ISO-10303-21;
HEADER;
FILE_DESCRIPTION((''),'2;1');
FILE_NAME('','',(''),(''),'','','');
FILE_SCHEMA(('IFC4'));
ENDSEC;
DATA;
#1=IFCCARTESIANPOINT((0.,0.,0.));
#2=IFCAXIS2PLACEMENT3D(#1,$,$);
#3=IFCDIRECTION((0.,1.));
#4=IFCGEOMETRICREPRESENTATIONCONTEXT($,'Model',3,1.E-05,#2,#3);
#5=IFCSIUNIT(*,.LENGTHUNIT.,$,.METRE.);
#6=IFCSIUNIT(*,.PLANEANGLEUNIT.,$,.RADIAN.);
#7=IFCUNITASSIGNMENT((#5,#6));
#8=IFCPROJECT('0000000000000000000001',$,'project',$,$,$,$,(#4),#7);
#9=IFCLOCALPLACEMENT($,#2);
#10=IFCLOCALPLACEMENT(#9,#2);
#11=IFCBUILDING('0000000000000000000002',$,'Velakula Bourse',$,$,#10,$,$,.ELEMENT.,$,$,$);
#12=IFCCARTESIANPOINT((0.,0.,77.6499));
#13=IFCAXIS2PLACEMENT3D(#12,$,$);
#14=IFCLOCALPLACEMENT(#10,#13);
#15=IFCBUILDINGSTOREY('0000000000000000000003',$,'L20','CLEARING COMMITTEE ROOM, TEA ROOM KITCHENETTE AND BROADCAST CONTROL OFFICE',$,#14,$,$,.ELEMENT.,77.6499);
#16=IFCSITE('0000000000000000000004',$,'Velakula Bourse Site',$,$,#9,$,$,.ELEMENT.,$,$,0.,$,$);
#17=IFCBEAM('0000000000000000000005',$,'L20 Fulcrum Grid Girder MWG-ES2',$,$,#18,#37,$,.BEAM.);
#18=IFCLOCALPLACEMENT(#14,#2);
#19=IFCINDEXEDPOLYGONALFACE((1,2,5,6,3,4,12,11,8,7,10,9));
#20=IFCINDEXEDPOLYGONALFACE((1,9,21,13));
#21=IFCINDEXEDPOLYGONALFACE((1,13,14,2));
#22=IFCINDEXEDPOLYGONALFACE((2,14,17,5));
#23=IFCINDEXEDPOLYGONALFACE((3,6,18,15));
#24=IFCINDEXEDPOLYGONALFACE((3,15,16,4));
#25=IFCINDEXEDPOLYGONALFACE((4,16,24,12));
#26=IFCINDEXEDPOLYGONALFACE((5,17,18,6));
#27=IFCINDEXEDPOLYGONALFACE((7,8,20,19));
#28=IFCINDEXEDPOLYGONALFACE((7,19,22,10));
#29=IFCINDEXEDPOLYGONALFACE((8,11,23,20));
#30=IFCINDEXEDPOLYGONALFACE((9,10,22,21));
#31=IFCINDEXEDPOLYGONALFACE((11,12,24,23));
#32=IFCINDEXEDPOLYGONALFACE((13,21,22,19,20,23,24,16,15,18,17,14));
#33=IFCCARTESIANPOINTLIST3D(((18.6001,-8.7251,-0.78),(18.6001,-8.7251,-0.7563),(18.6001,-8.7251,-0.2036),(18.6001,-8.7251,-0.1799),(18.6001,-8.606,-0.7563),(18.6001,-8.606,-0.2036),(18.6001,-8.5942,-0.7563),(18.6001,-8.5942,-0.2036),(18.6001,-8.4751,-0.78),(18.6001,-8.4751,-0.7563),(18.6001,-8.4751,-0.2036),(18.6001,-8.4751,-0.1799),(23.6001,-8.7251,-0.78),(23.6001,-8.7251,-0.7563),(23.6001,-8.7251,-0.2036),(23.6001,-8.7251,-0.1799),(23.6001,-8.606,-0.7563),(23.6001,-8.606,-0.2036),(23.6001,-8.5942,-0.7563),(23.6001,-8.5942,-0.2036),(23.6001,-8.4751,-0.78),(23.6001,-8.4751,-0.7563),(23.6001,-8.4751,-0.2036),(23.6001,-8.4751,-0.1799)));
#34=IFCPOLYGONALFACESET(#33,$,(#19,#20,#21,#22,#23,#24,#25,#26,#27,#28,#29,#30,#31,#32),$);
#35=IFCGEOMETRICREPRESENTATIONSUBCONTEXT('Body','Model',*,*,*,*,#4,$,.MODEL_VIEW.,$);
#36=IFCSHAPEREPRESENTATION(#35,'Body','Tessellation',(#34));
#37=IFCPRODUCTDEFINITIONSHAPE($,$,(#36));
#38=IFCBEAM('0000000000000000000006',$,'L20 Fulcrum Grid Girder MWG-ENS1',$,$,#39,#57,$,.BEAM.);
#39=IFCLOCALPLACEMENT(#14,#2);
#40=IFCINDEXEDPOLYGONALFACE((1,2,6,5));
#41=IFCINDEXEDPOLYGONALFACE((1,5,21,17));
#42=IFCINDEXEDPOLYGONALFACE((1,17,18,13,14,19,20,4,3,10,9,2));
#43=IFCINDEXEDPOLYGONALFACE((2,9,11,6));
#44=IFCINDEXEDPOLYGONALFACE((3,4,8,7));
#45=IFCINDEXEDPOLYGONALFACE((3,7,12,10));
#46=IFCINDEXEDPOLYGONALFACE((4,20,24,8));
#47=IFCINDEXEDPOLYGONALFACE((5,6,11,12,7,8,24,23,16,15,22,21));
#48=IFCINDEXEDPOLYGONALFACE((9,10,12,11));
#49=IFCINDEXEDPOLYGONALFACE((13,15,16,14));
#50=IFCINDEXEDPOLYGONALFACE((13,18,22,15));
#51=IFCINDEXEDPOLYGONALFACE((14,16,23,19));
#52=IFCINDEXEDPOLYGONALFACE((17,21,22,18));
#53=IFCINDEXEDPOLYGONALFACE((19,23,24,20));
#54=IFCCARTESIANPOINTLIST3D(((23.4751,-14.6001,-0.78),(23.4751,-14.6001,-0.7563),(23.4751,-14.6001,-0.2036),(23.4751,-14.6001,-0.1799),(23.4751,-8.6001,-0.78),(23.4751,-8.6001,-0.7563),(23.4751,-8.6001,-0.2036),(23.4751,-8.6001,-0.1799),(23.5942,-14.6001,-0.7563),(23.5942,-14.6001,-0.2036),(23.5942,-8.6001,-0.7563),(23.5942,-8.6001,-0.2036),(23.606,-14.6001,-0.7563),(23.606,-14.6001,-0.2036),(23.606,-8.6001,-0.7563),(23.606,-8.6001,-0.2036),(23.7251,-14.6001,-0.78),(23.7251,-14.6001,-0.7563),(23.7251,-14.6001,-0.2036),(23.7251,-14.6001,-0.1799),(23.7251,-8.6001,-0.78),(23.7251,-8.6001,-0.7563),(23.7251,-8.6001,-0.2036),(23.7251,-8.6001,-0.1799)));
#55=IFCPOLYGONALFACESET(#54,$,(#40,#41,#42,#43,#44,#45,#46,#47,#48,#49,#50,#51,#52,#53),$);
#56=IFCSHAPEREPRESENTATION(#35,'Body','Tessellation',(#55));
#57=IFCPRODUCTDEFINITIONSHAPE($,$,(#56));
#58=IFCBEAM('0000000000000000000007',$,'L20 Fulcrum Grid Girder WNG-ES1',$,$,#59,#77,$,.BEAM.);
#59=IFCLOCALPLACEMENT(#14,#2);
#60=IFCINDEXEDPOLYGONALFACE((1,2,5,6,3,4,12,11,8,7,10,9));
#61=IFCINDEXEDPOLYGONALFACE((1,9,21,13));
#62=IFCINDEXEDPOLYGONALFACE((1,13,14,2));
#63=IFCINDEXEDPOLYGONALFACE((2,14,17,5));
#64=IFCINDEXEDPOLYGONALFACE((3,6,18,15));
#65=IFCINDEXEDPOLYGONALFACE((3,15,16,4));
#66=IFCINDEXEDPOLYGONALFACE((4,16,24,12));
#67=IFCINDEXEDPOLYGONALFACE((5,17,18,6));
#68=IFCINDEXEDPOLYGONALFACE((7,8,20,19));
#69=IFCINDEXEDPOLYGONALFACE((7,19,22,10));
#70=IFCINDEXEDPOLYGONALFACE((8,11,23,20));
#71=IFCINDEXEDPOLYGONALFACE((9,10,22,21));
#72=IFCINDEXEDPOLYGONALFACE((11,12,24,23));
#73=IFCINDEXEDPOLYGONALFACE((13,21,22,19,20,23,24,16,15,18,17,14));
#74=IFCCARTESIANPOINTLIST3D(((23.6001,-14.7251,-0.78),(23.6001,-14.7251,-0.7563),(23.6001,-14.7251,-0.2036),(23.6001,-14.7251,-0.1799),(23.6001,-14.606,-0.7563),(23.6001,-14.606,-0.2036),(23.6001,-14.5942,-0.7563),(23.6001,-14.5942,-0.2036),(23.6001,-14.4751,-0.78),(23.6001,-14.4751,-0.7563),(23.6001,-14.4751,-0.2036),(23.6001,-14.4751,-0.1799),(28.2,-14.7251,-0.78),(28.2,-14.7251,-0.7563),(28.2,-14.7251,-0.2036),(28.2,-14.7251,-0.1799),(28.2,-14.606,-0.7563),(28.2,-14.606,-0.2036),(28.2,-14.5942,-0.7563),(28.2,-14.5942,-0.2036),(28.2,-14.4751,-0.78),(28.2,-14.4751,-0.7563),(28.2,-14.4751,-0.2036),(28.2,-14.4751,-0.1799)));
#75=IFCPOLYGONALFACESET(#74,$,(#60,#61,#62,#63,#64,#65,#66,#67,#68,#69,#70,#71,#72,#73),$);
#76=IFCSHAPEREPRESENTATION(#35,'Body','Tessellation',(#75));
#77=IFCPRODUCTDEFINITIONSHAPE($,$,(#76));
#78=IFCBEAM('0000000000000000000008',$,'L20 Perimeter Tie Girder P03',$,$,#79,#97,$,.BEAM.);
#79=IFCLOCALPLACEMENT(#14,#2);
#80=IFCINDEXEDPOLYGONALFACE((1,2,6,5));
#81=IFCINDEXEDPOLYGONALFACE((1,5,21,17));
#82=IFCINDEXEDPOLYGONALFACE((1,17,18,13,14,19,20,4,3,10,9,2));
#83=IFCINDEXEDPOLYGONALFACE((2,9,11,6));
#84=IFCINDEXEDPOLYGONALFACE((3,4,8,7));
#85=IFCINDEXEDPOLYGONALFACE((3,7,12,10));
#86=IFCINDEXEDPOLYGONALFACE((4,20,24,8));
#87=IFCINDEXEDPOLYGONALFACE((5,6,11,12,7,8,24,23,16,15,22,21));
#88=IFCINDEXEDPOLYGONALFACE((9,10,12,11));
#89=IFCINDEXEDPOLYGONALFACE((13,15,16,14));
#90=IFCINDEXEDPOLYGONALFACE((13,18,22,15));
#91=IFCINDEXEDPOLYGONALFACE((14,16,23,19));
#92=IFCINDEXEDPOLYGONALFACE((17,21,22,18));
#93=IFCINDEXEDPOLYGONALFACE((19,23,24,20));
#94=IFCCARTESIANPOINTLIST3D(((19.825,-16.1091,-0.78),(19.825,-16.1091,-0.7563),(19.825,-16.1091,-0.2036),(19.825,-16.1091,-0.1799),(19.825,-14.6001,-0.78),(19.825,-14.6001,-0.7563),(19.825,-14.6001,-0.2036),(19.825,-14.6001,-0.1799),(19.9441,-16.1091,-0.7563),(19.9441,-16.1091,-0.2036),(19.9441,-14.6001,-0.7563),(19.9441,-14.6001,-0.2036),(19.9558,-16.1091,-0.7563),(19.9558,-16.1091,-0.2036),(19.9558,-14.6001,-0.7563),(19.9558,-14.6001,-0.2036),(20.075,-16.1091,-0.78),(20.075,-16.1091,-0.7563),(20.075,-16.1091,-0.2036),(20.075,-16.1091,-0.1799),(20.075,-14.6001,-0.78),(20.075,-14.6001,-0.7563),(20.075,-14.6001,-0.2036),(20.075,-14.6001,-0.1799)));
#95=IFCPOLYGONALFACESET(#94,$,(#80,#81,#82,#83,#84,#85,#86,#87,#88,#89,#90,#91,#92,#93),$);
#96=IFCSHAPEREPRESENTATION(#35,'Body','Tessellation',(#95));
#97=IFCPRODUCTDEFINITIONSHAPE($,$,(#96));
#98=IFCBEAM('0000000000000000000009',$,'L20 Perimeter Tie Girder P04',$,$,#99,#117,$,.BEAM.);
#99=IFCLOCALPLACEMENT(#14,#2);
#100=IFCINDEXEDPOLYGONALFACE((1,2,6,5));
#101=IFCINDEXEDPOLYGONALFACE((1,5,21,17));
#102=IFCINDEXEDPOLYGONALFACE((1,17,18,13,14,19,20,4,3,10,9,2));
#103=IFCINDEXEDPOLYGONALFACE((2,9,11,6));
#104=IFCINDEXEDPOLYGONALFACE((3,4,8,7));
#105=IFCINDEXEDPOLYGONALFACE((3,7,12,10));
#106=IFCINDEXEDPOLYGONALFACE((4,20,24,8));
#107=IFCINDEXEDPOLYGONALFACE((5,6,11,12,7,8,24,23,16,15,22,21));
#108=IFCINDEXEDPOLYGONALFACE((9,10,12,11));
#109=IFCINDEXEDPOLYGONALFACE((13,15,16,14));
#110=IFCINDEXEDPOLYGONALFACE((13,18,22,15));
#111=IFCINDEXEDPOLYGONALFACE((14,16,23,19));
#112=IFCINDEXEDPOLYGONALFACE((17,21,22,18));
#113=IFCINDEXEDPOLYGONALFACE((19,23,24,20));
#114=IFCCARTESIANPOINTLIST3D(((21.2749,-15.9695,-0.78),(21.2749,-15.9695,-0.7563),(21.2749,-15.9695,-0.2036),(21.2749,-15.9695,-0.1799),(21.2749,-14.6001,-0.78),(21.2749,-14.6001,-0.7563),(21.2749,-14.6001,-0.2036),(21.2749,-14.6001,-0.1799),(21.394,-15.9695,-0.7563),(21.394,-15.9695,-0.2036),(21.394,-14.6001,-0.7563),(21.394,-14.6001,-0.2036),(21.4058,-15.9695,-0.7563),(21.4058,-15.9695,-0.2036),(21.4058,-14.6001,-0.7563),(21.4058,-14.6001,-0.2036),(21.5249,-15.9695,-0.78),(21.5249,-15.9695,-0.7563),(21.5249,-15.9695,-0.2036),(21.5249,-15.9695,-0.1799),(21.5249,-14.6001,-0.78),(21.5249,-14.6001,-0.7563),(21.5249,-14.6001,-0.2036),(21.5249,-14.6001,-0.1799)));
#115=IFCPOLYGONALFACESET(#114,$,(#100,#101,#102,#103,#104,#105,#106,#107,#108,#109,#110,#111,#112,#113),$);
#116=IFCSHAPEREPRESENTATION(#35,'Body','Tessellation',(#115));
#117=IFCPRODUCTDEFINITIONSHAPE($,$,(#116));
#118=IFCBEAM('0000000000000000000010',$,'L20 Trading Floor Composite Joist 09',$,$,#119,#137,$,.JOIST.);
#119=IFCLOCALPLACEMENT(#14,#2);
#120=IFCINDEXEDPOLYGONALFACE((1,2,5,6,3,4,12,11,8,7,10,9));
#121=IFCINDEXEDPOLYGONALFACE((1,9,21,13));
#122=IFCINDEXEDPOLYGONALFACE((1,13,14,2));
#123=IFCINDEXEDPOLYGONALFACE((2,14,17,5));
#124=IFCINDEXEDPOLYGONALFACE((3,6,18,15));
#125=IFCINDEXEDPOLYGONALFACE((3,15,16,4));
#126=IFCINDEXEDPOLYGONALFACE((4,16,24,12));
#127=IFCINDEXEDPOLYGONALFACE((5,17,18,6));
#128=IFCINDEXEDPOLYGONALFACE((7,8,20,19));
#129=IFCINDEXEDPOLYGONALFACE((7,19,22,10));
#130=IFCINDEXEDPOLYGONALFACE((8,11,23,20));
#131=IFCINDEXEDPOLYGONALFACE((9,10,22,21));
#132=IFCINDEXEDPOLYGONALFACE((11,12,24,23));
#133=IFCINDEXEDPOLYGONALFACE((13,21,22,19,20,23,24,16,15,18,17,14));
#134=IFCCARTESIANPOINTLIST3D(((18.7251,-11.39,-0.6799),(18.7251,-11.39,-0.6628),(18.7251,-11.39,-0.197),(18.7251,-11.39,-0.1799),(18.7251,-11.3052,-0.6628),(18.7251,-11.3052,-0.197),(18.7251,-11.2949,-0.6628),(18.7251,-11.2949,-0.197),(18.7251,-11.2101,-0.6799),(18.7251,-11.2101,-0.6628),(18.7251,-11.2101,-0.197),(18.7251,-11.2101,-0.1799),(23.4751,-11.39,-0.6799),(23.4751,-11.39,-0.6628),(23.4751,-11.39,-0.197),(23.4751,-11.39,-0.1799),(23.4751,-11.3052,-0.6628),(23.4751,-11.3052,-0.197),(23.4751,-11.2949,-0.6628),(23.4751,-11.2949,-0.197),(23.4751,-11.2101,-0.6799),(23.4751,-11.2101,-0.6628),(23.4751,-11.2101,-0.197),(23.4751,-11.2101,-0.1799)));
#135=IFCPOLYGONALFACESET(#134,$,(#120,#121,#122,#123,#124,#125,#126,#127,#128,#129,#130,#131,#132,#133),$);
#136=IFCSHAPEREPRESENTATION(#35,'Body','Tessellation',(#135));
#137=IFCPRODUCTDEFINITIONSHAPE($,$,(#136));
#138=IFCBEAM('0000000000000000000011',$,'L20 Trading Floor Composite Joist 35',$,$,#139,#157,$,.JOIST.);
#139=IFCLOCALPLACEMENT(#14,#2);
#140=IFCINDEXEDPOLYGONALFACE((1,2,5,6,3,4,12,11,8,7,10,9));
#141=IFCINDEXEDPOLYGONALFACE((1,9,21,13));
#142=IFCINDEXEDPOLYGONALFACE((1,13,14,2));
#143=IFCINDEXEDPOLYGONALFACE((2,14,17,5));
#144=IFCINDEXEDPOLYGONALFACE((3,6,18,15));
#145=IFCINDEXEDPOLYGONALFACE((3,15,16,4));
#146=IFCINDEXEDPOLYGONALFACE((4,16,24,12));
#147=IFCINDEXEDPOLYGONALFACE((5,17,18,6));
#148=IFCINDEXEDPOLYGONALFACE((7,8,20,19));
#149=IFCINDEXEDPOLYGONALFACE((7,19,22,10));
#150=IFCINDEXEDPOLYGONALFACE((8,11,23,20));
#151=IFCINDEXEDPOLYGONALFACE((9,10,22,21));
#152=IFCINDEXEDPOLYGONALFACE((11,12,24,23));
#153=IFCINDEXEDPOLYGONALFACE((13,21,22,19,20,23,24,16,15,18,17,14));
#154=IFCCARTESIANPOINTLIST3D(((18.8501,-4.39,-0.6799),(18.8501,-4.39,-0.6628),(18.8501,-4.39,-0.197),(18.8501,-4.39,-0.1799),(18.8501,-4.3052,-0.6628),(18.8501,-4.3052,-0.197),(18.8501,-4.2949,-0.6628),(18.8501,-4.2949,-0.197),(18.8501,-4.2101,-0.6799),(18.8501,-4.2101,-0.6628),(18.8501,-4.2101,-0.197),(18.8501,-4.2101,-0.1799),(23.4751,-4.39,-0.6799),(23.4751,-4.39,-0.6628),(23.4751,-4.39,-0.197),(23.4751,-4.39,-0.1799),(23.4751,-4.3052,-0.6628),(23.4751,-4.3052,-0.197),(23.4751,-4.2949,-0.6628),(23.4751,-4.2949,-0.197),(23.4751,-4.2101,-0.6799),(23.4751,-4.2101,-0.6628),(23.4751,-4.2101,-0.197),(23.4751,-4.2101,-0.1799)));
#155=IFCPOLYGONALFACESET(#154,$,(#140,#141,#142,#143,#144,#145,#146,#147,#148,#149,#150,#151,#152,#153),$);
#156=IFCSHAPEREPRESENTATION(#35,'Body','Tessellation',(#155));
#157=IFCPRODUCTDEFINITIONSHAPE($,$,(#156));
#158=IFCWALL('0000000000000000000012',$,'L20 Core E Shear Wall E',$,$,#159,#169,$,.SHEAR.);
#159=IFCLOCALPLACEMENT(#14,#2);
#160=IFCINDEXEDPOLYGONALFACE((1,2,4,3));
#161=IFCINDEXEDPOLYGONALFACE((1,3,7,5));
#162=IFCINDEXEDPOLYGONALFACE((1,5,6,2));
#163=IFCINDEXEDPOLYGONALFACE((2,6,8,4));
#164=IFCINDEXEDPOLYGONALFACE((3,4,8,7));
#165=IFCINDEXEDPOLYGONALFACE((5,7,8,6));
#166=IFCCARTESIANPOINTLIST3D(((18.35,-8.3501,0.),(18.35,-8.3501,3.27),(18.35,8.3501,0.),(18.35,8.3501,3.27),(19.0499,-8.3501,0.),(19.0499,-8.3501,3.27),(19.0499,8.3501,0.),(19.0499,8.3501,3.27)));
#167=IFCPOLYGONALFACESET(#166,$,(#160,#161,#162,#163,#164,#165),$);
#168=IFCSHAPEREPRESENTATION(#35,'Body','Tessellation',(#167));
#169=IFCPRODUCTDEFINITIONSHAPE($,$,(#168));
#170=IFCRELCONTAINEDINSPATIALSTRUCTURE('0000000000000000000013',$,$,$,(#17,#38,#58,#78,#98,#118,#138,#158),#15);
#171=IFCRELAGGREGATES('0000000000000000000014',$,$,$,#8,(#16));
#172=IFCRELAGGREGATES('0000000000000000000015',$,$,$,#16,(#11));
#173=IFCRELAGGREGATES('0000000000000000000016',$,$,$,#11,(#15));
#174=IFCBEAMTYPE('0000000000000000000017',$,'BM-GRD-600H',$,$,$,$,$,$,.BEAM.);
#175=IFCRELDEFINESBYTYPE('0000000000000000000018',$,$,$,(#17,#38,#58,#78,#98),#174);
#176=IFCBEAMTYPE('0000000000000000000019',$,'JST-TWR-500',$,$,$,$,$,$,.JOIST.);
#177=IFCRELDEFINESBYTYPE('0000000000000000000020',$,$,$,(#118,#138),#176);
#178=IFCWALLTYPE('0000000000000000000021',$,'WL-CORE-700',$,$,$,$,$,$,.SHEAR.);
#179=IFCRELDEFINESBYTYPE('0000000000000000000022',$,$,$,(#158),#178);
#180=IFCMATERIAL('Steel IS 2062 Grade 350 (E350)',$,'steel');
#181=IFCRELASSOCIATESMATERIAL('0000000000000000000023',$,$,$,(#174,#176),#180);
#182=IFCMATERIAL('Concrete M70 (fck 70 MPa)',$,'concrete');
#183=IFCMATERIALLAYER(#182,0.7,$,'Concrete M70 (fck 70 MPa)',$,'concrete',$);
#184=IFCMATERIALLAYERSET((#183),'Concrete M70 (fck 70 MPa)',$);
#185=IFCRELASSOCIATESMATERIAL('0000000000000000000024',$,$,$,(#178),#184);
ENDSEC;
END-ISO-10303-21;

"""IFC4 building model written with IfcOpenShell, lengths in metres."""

from ifc_helpers import new_model, si_unit, direction, frame, frame_2d, origin, origin_2d, place, context, subcontext, project, spatial, rectangle, i_section, extrude, material, layer, layer_set, material_profile, profile_set, type_object, element, save


model = new_model("IFC4")

# Units and contexts
model_context = context("Model", 3, precision=1e-05, world=origin(), true_north=direction((0.0, 1.0)))
body_context = subcontext(model_context, "Body", "Model", "MODEL_VIEW")
ifc_project = project(units=[si_unit("LENGTHUNIT", "METRE"), si_unit("PLANEANGLEUNIT", "RADIAN")], contexts=[model_context])

# Site, building, storey
site_placement = place(None, origin())
site = spatial("IfcSite", under=ifc_project, at=site_placement, Name="Velakula Bourse Site", CompositionType="ELEMENT", RefElevation=0.0)
building_placement = place(site_placement, origin())
building = spatial("IfcBuilding", under=site, at=building_placement, Name="Velakula Bourse", CompositionType="ELEMENT")
storey_placement = place(building_placement, frame((0.0, 0.0, 77.6499)))
storey = spatial("IfcBuildingStorey", under=building, at=storey_placement, Name="L20", Description="CLEARING COMMITTEE ROOM, TEA ROOM KITCHENETTE AND BROADCAST CONTROL OFFICE", CompositionType="ELEMENT", Elevation=77.6499)

# Shared definitions
ifc_material_1 = material(Name="Concrete M70 (fck 70 MPa)", Category="concrete")

# Beams
ifc_material_2 = material(Name="Steel IS 2062 Grade 350 (E350)", Category="steel")
ifc_material_profile_1 = material_profile(ifc_material_2, i_section(OverallWidth=0.25, OverallDepth=0.6001, WebThickness=0.0117, FlangeThickness=0.0237, at=origin_2d()), Name="Steel IS 2062 Grade 350 (E350)")
ifc_profile_set_1 = profile_set([ifc_material_profile_1], Name="Steel IS 2062 Grade 350 (E350)")
beam_type_1 = type_object("IfcBeamType", Name="BM-GRD-600H", PredefinedType="BEAM", material=ifc_profile_set_1)
beam_1_placement = place(storey_placement, frame((18.6001, -8.6001, -0.48), z_axis=(1.0, 0.0, 0.0), x_axis=(0.0, 1.0, 0.0)))
element("IfcBeam", 1, at=beam_1_placement, inside=storey, type_object=beam_type_1, Name="L20 Fulcrum Grid Girder MWG-ES2", PredefinedType="BEAM", context=body_context, shape_type="SweptSolid", body=[
    extrude(i_section(OverallWidth=0.25, OverallDepth=0.6001, WebThickness=0.0117, FlangeThickness=0.0237, at=origin_2d()), origin(), (0.0, 0.0, 1.0), 5.0),
])
beam_2_placement = place(storey_placement, frame((23.6001, -14.6001, -0.48), z_axis=(0.0, 1.0, 0.0), x_axis=(-1.0, 0.0, 0.0)))
element("IfcBeam", 2, at=beam_2_placement, inside=storey, type_object=beam_type_1, Name="L20 Fulcrum Grid Girder MWG-ENS1", PredefinedType="BEAM", context=body_context, shape_type="SweptSolid", body=[
    extrude(i_section(OverallWidth=0.25, OverallDepth=0.6001, WebThickness=0.0117, FlangeThickness=0.0237, at=origin_2d()), origin(), (0.0, 0.0, 1.0), 6.0),
])
beam_3_placement = place(storey_placement, frame((23.6001, -14.6001, -0.48), z_axis=(1.0, 0.0, 0.0), x_axis=(0.0, 1.0, 0.0)))
element("IfcBeam", 3, at=beam_3_placement, inside=storey, type_object=beam_type_1, Name="L20 Fulcrum Grid Girder WNG-ES1", PredefinedType="BEAM", context=body_context, shape_type="SweptSolid", body=[
    extrude(i_section(OverallWidth=0.25, OverallDepth=0.6001, WebThickness=0.0117, FlangeThickness=0.0237, at=origin_2d()), origin(), (0.0, 0.0, 1.0), 4.5999),
])
beam_4_placement = place(storey_placement, frame((19.95, -14.6001, -0.48), z_axis=(0.0, -1.0, 0.0), x_axis=(1.0, 0.0, 0.0)))
element("IfcBeam", 4, at=beam_4_placement, inside=storey, type_object=beam_type_1, Name="L20 Perimeter Tie Girder P03", PredefinedType="BEAM", context=body_context, shape_type="SweptSolid", body=[
    extrude(i_section(OverallWidth=0.25, OverallDepth=0.6001, WebThickness=0.0117, FlangeThickness=0.0237, at=origin_2d()), origin(), (0.0, 0.0, 1.0), 1.509),
])
beam_5_placement = place(storey_placement, frame((21.3999, -14.6001, -0.48), z_axis=(0.0, -1.0, 0.0), x_axis=(1.0, 0.0, 0.0)))
element("IfcBeam", 5, at=beam_5_placement, inside=storey, type_object=beam_type_1, Name="L20 Perimeter Tie Girder P04", PredefinedType="BEAM", context=body_context, shape_type="SweptSolid", body=[
    extrude(i_section(OverallWidth=0.25, OverallDepth=0.6001, WebThickness=0.0117, FlangeThickness=0.0237, at=origin_2d()), origin(), (0.0, 0.0, 1.0), 1.3694),
])
ifc_material_profile_2 = material_profile(ifc_material_2, i_section(OverallWidth=0.1799, OverallDepth=0.5, WebThickness=0.0103, FlangeThickness=0.0171, at=origin_2d()), Name="Steel IS 2062 Grade 350 (E350)")
ifc_profile_set_2 = profile_set([ifc_material_profile_2], Name="Steel IS 2062 Grade 350 (E350)")
beam_type_2 = type_object("IfcBeamType", Name="JST-TWR-500", PredefinedType="JOIST", material=ifc_profile_set_2)
beam_6_placement = place(storey_placement, frame((18.7251, -11.3, -0.4299), z_axis=(1.0, 0.0, 0.0), x_axis=(0.0, 1.0, 0.0)))
element("IfcBeam", 6, at=beam_6_placement, inside=storey, type_object=beam_type_2, Name="L20 Trading Floor Composite Joist 09", PredefinedType="JOIST", context=body_context, shape_type="SweptSolid", body=[
    extrude(i_section(OverallWidth=0.1799, OverallDepth=0.5, WebThickness=0.0103, FlangeThickness=0.0171, at=origin_2d()), origin(), (0.0, 0.0, 1.0), 4.75),
])
beam_7_placement = place(storey_placement, frame((18.8501, -4.3, -0.4299), z_axis=(1.0, 0.0, 0.0), x_axis=(0.0, 1.0, 0.0)))
element("IfcBeam", 7, at=beam_7_placement, inside=storey, type_object=beam_type_2, Name="L20 Trading Floor Composite Joist 35", PredefinedType="JOIST", context=body_context, shape_type="SweptSolid", body=[
    extrude(i_section(OverallWidth=0.1799, OverallDepth=0.5, WebThickness=0.0103, FlangeThickness=0.0171, at=origin_2d()), origin(), (0.0, 0.0, 1.0), 4.625),
])

# Wall
ifc_layer_1 = layer(ifc_material_1, 0.7, Name="Concrete M70 (fck 70 MPa)", Category="concrete")
ifc_layer_set_1 = layer_set([ifc_layer_1], Name="Concrete M70 (fck 70 MPa)")
wall_type_1 = type_object("IfcWallType", Name="WL-CORE-700", PredefinedType="SHEAR", material=ifc_layer_set_1)
wall_1_placement = place(storey_placement, frame((18.7, -8.3501, 0.0), z_axis=(0.0, 0.0, 1.0), x_axis=(0.0, 1.0, 0.0)))
element("IfcWall", 8, at=wall_1_placement, inside=storey, type_object=wall_type_1, Name="L20 Core E Shear Wall E", PredefinedType="SHEAR", context=body_context, shape_type="SweptSolid", body=[
    extrude(rectangle(XDim=16.7002, YDim=0.7, at=frame_2d((8.3501, 0.0))), origin(), (0.0, 0.0, 1.0), 3.27),
])

save(model, "model.ifc")
